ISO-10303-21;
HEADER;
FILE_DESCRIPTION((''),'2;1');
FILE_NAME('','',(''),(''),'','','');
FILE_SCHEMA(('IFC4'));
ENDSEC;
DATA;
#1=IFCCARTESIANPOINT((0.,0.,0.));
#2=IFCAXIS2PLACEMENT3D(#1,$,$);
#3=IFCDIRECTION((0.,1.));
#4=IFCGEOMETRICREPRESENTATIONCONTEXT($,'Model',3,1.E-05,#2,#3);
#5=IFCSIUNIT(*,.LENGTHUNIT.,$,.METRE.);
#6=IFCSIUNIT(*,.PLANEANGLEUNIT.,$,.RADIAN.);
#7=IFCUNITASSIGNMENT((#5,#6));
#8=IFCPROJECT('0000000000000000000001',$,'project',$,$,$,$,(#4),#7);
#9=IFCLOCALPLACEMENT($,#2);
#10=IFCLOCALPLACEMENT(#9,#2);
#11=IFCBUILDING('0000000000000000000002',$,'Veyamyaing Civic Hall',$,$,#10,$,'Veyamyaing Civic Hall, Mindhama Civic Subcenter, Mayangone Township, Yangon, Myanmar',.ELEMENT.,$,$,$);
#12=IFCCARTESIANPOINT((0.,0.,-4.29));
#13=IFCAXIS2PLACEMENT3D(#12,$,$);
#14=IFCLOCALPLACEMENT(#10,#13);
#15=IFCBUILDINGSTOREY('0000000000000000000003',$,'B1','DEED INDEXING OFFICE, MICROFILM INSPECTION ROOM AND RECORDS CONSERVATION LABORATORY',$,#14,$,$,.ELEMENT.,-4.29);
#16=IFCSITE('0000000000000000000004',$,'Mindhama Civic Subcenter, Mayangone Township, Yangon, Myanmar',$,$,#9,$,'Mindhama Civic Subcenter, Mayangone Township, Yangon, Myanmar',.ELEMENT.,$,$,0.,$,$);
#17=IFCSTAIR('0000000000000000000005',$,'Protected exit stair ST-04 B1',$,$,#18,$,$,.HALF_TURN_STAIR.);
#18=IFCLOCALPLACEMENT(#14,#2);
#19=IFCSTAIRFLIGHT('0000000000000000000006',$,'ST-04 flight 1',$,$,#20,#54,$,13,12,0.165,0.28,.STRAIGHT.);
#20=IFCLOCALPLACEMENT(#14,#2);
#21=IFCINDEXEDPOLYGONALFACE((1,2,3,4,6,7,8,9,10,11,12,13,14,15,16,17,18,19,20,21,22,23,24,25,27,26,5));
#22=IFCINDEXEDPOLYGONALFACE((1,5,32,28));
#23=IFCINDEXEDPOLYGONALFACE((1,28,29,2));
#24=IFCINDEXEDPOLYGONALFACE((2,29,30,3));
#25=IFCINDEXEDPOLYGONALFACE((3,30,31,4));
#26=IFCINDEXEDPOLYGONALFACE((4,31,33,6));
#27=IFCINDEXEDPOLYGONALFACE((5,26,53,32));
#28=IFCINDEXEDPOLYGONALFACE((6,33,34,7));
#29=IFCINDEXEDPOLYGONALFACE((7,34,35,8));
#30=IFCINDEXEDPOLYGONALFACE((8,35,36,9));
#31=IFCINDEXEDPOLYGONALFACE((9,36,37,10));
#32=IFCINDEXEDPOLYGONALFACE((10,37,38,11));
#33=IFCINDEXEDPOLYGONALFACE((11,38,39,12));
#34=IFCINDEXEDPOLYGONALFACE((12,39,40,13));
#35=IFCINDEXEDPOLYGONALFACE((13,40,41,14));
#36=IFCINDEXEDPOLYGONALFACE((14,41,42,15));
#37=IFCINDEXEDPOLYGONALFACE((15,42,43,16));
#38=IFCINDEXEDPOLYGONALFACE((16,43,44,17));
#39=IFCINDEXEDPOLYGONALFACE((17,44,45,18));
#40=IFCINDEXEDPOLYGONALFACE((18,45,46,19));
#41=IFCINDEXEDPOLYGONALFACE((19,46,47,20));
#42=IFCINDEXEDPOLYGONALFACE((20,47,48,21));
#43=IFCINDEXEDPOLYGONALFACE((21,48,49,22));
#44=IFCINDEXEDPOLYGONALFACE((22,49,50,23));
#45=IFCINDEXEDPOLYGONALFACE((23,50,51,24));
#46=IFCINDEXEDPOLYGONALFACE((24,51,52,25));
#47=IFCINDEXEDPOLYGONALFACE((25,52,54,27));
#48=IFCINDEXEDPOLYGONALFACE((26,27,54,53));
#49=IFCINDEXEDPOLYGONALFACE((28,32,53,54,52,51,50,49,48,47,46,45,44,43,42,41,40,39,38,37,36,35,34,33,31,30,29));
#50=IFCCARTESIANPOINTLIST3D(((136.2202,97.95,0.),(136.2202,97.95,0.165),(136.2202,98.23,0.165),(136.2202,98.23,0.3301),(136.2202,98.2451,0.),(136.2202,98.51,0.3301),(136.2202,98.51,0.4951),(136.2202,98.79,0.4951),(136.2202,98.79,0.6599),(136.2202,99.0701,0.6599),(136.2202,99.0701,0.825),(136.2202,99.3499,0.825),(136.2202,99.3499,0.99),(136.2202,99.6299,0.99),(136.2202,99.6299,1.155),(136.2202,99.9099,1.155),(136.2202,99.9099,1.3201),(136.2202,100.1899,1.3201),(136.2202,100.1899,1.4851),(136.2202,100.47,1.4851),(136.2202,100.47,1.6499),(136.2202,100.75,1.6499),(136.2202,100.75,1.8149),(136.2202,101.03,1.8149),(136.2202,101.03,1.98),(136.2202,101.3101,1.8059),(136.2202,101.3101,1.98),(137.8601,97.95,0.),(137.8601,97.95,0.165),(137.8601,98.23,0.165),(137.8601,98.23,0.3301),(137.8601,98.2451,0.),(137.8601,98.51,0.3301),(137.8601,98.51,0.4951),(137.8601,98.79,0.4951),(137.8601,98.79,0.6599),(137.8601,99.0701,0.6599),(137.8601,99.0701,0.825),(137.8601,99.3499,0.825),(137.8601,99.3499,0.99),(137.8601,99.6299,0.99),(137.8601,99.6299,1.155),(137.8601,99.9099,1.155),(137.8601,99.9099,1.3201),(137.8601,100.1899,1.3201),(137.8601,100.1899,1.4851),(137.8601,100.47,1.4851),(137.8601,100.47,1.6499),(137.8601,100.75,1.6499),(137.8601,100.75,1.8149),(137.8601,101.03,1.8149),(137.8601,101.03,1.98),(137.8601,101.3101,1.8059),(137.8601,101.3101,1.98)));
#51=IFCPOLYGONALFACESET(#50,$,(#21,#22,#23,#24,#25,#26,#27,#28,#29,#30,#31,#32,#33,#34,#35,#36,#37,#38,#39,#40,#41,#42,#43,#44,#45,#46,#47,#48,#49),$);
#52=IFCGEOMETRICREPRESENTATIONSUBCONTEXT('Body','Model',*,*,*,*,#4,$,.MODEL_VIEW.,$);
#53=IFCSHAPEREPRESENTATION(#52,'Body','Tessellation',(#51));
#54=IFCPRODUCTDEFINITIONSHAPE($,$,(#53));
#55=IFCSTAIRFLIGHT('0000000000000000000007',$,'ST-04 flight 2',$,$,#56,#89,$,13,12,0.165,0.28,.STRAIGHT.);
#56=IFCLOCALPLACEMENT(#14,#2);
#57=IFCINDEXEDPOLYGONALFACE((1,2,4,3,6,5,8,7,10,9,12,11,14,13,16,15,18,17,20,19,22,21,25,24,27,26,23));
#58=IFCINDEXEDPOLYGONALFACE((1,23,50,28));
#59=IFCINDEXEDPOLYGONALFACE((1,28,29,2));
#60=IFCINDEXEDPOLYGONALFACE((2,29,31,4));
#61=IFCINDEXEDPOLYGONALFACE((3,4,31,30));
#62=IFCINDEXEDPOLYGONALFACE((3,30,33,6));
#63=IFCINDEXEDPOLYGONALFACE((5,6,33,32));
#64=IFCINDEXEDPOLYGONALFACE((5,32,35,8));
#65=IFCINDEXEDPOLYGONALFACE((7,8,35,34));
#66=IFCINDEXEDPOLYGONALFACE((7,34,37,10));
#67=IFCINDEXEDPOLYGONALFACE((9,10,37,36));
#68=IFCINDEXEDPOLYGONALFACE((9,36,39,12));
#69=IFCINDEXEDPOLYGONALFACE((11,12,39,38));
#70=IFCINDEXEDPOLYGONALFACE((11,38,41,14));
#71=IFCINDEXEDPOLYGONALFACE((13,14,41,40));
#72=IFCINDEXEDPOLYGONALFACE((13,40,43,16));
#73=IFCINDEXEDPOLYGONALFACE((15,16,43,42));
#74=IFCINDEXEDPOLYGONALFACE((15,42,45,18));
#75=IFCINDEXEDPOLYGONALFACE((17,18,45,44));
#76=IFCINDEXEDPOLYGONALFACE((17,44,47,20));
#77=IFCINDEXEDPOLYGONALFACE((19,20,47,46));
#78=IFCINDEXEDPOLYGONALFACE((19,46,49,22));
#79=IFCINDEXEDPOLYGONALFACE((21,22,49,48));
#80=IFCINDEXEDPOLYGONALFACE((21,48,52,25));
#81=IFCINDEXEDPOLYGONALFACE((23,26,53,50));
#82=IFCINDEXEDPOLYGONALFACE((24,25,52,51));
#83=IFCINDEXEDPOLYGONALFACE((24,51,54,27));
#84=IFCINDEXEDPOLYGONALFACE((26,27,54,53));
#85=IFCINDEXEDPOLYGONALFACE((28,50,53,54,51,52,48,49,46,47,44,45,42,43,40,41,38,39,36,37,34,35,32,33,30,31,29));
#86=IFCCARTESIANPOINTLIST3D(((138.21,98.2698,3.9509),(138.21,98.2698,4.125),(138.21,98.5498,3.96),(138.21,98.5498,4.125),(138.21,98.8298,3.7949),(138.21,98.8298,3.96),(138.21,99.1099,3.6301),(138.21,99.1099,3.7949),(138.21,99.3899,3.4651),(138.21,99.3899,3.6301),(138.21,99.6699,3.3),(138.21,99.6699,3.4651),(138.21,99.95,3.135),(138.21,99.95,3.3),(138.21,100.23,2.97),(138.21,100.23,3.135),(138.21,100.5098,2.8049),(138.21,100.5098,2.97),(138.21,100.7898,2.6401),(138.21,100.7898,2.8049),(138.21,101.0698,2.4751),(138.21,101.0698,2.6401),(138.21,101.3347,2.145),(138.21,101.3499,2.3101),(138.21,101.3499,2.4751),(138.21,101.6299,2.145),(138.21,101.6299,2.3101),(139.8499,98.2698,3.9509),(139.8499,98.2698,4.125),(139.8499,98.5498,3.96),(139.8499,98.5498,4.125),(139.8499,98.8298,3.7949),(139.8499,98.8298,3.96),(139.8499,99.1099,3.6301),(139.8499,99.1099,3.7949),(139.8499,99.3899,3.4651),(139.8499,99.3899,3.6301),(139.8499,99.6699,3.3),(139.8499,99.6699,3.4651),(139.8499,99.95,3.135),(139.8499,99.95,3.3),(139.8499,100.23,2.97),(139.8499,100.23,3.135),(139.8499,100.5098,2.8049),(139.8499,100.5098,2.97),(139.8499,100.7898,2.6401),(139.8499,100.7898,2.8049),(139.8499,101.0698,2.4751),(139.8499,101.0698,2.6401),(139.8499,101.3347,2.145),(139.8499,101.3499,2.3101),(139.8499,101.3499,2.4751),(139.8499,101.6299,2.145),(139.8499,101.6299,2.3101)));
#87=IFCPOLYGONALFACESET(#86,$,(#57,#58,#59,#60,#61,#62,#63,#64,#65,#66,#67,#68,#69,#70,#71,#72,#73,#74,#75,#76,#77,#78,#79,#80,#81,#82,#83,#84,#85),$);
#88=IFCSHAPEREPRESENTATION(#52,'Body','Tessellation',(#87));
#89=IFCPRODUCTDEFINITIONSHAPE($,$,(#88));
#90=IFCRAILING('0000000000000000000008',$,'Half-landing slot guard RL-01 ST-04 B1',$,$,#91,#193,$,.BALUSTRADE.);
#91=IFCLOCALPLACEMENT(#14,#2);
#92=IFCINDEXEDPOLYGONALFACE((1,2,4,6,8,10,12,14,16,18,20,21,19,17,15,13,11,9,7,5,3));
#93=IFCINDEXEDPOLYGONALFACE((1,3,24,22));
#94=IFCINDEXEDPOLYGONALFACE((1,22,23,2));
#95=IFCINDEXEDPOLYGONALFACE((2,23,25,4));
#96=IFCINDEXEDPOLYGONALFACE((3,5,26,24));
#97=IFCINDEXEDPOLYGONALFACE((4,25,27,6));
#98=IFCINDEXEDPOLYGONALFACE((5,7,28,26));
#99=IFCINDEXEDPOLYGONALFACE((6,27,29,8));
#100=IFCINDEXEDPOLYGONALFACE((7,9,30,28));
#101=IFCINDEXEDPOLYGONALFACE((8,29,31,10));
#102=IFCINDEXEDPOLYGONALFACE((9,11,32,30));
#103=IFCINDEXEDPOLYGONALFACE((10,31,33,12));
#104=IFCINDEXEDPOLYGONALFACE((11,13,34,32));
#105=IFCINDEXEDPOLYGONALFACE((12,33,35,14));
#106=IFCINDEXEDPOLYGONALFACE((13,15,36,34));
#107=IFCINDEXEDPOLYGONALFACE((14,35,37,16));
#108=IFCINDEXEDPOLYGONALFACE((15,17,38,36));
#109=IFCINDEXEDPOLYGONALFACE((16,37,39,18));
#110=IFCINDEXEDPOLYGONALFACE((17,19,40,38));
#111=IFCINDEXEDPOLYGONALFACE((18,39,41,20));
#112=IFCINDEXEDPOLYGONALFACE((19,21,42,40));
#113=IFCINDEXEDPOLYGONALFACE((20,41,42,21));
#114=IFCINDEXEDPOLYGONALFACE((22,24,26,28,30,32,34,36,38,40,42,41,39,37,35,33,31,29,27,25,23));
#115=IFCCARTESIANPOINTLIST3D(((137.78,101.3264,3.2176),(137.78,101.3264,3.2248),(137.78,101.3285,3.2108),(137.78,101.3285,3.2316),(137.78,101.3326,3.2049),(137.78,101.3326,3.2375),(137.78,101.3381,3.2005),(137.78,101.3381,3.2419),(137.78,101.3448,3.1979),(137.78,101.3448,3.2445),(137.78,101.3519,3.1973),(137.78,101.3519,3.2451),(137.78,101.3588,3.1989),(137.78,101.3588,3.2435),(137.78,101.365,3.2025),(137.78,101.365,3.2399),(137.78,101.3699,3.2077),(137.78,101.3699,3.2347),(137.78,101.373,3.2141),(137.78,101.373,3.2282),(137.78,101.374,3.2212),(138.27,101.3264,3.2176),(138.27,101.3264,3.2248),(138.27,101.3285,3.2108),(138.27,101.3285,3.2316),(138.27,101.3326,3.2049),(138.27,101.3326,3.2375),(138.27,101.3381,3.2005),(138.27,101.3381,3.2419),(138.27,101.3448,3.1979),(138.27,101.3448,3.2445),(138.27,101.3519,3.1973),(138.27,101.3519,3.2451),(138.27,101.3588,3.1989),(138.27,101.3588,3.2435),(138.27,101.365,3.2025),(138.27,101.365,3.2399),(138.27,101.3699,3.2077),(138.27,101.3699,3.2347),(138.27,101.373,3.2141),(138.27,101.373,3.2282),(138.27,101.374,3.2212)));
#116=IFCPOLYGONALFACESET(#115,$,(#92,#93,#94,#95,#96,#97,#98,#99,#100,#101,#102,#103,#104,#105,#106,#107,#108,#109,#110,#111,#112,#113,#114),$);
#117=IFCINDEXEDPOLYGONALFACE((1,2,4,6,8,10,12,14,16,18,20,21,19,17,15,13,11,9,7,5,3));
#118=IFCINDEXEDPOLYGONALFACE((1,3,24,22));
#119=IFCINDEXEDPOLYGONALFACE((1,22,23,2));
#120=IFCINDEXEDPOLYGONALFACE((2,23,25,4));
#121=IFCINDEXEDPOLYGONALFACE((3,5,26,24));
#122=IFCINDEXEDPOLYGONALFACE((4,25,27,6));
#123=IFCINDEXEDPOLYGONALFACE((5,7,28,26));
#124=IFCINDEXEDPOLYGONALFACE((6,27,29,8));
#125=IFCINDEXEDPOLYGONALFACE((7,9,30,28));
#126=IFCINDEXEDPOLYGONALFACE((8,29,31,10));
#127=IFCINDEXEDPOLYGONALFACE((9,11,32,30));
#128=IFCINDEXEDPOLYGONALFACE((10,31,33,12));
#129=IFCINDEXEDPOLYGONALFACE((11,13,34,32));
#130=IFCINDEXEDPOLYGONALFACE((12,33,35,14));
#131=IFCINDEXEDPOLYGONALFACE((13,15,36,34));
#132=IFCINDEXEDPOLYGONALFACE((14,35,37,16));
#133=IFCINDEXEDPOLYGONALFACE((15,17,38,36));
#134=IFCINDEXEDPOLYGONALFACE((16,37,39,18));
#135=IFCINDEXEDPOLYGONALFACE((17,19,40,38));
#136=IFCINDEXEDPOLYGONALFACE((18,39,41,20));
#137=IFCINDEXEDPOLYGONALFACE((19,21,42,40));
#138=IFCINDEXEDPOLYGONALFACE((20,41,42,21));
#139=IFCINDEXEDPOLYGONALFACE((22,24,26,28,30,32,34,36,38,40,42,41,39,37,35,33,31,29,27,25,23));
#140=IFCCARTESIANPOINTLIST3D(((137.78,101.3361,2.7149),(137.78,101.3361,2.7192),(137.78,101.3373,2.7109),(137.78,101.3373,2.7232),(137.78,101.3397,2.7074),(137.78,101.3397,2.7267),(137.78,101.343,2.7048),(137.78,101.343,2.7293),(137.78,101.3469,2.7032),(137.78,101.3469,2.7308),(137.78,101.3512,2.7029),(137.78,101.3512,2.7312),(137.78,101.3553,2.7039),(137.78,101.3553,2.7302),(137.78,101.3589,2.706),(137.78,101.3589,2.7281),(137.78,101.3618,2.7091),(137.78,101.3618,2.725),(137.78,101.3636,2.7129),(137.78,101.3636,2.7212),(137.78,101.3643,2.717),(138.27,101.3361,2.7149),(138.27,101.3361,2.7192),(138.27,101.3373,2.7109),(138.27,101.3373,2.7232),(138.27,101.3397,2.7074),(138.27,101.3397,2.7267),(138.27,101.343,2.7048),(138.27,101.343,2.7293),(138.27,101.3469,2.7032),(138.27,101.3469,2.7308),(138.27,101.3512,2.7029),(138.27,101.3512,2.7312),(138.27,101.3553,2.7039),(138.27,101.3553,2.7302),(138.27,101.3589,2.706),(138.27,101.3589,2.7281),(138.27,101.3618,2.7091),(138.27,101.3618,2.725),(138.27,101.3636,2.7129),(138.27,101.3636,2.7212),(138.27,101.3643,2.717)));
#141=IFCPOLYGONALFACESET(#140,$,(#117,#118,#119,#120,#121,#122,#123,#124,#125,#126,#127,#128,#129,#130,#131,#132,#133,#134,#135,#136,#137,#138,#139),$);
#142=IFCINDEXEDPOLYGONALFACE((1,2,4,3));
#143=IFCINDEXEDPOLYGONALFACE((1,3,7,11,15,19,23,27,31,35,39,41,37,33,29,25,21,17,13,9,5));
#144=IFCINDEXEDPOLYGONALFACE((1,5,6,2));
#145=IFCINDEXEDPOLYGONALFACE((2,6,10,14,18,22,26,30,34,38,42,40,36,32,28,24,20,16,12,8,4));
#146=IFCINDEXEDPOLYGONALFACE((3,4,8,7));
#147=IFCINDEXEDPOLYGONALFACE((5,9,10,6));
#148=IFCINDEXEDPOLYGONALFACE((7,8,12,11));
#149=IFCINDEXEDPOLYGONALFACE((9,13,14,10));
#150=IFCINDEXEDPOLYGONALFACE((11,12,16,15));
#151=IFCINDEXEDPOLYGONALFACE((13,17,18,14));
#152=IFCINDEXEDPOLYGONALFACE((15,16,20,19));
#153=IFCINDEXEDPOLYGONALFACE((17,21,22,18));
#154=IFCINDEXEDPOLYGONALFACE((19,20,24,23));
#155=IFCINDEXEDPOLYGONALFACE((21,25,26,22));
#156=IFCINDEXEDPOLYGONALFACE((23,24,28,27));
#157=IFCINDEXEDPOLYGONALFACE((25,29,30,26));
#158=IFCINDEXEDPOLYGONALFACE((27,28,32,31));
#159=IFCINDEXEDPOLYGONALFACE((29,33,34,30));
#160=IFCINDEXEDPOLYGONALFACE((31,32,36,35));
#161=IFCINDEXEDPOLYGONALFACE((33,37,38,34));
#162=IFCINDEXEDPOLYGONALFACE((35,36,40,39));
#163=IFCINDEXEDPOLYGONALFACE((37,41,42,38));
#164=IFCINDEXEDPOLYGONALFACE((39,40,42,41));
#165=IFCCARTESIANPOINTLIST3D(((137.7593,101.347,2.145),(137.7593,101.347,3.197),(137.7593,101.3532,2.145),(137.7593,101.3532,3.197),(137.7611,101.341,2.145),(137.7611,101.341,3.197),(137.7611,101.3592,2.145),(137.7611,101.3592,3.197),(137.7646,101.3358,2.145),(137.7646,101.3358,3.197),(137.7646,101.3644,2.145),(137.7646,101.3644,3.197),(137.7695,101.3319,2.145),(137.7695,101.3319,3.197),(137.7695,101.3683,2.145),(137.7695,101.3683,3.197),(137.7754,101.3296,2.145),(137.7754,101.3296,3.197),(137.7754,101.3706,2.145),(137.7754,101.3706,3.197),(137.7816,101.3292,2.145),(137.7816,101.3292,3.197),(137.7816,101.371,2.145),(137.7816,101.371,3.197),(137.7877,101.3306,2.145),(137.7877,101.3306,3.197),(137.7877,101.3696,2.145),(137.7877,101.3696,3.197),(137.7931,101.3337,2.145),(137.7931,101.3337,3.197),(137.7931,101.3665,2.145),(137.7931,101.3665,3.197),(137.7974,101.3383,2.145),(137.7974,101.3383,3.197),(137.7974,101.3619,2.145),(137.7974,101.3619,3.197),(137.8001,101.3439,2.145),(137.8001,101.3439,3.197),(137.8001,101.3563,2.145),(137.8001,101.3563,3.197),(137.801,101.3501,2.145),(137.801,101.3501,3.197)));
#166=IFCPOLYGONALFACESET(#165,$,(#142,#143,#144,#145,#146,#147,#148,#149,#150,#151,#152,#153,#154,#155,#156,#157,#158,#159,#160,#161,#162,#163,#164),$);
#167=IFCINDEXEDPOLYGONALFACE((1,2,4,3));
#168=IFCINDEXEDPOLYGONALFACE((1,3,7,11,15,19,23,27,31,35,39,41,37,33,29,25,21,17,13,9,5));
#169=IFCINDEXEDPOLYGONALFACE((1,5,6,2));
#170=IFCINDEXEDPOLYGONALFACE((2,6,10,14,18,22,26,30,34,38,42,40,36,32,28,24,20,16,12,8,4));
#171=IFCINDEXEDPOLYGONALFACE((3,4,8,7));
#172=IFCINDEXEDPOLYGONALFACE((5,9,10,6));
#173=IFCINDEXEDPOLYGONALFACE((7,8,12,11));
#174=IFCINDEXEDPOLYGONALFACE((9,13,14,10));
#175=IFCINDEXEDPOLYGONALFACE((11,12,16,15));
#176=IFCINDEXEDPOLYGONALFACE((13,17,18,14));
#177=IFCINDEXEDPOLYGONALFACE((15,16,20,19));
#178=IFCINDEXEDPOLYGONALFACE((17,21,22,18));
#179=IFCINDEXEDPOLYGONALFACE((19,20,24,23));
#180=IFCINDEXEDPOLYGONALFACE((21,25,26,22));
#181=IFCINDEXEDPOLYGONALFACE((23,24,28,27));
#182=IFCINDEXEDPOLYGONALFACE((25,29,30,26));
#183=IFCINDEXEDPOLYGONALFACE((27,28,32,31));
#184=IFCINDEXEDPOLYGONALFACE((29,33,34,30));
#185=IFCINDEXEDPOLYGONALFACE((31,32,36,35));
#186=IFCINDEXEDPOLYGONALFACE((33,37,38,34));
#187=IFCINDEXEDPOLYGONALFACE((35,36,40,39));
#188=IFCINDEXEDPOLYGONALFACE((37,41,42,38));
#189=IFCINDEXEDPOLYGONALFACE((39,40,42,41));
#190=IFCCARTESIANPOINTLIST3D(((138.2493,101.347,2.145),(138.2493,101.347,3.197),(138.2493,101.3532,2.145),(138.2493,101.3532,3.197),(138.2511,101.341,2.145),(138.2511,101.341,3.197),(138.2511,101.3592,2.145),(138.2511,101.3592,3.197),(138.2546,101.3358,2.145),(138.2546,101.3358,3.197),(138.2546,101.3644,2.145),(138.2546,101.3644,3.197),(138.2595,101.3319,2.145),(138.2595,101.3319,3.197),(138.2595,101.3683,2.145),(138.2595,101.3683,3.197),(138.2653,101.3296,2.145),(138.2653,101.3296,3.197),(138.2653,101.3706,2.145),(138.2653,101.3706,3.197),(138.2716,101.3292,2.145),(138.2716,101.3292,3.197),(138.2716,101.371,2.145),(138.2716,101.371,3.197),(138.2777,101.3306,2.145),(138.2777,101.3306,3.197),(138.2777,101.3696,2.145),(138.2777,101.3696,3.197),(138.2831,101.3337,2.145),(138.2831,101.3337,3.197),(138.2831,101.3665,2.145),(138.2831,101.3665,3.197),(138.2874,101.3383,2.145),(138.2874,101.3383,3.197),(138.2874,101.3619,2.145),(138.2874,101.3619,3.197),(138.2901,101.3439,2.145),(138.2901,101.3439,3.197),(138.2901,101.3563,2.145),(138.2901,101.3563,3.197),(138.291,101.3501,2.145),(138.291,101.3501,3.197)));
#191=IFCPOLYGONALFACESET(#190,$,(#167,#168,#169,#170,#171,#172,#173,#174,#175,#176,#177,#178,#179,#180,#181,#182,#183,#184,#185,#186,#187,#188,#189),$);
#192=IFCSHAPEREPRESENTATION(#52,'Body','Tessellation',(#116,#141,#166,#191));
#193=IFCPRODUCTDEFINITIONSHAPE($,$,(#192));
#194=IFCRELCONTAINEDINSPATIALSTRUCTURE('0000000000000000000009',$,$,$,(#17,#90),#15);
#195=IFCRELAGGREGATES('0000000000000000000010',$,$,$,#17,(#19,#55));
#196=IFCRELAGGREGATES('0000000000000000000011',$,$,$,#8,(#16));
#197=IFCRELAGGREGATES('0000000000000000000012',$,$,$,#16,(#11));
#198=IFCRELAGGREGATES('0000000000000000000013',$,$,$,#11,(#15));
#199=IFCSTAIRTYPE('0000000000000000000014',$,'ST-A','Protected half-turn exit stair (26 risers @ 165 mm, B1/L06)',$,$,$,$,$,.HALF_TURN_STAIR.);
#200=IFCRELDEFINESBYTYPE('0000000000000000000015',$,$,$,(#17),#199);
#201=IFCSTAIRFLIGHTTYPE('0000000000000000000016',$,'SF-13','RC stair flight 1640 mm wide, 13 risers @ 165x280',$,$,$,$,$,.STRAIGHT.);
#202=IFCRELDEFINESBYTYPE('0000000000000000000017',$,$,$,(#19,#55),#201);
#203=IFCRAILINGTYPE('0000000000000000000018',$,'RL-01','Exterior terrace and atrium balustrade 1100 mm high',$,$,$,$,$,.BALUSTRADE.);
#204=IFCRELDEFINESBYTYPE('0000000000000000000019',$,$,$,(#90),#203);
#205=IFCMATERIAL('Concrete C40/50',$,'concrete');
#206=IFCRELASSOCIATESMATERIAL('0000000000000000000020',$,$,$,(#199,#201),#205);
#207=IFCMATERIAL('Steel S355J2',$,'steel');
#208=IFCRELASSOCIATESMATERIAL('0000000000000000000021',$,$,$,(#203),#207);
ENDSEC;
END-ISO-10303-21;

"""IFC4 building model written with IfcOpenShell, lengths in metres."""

from ifc_helpers import new_model, si_unit, direction, frame, origin, origin_2d, place, context, subcontext, project, spatial, polyline, circle, outline, extrude, material, type_object, element, aggregate, save


model = new_model("IFC4")

# Units and contexts
model_context = context("Model", 3, precision=1e-05, world=origin(), true_north=direction((0.0, 1.0)))
body_context = subcontext(model_context, "Body", "Model", "MODEL_VIEW")
ifc_project = project(units=[si_unit("LENGTHUNIT", "METRE"), si_unit("PLANEANGLEUNIT", "RADIAN")], contexts=[model_context])

# Site, building, storey
site_placement = place(None, origin())
site = spatial("IfcSite", under=ifc_project, at=site_placement, Name="Mindhama Civic Subcenter, Mayangone Township, Yangon, Myanmar", LongName="Mindhama Civic Subcenter, Mayangone Township, Yangon, Myanmar", CompositionType="ELEMENT", RefElevation=0.0)
building_placement = place(site_placement, origin())
building = spatial("IfcBuilding", under=site, at=building_placement, Name="Veyamyaing Civic Hall", LongName="Veyamyaing Civic Hall, Mindhama Civic Subcenter, Mayangone Township, Yangon, Myanmar", CompositionType="ELEMENT")
storey_placement = place(building_placement, frame((0.0, 0.0, -4.29)))
storey = spatial("IfcBuildingStorey", under=building, at=storey_placement, Name="B1", Description="DEED INDEXING OFFICE, MICROFILM INSPECTION ROOM AND RECORDS CONSERVATION LABORATORY", CompositionType="ELEMENT", Elevation=-4.29)

# Shared definitions
ifc_material_1 = material(Name="Concrete C40/50", Category="concrete")

# Stair, stair flights
stair_type = type_object("IfcStairType", Name="ST-A", Description="Protected half-turn exit stair (26 risers @ 165 mm, B1/L06)", PredefinedType="HALF_TURN_STAIR", material=ifc_material_1)
stair_placement = place(storey_placement, origin())
stair = element("IfcStair", 1, at=stair_placement, inside=storey, type_object=stair_type, Name="Protected exit stair ST-04 B1", PredefinedType="HALF_TURN_STAIR")
stair_flight_type = type_object("IfcStairFlightType", Name="SF-13", Description="RC stair flight 1640 mm wide, 13 risers @ 165x280", PredefinedType="STRAIGHT", material=ifc_material_1)
stair_flight_1_placement = place(storey_placement, frame((137.04, 97.95, 0.0), z_axis=(0.0, 0.0, 1.0), x_axis=(0.0, 1.0, 0.0)))
stair_flight_1 = element("IfcStairFlight", 2, at=stair_flight_1_placement, type_object=stair_flight_type, Name="ST-04 flight 1", NumberOfRisers=13, NumberOfTreads=12, PredefinedType="STRAIGHT", RiserHeight=0.165, TreadLength=0.28, context=body_context, shape_type="SweptSolid", body=[
    extrude(outline(polyline([(0.0, 0.0), (0.0, 0.165), (0.28, 0.165), (0.28, 0.3301), (0.5601, 0.3301), (0.5601, 0.4951), (0.8401, 0.4951), (0.8401, 0.6599), (1.1201, 0.6599), (1.1201, 0.825), (1.3999, 0.825), (1.3999, 0.99), (1.6799, 0.99), (1.6799, 1.155), (1.96, 1.155), (1.96, 1.3201), (2.24, 1.3201), (2.24, 1.4851), (2.52, 1.4851), (2.52, 1.6499), (2.8, 1.6499), (2.8, 1.8149), (3.0801, 1.8149), (3.0801, 1.98), (3.3601, 1.98), (3.3601, 2.145), (3.3601, 1.8059), (0.2952, 0.0), (0.0, 0.0)])), frame((0.0, 0.8198, 0.0), z_axis=(0.0, -1.0, 0.0), x_axis=(1.0, 0.0, 0.0)), (0.0, 0.0, 1.0), 1.6399),
])
stair_flight_2_placement = place(storey_placement, frame((139.03, 101.6299, 2.145), z_axis=(0.0, 0.0, 1.0), x_axis=(0.0, -1.0, 0.0)))
stair_flight_2 = element("IfcStairFlight", 3, at=stair_flight_2_placement, type_object=stair_flight_type, Name="ST-04 flight 2", NumberOfRisers=13, NumberOfTreads=12, PredefinedType="STRAIGHT", RiserHeight=0.165, TreadLength=0.28, context=body_context, shape_type="SweptSolid", body=[
    extrude(outline(polyline([(0.0, 0.0), (0.0, 0.165), (0.28, 0.165), (0.28, 0.3301), (0.5601, 0.3301), (0.5601, 0.4951), (0.8401, 0.4951), (0.8401, 0.6599), (1.1201, 0.6599), (1.1201, 0.825), (1.3999, 0.825), (1.3999, 0.99), (1.6799, 0.99), (1.6799, 1.155), (1.96, 1.155), (1.96, 1.3201), (2.24, 1.3201), (2.24, 1.4851), (2.52, 1.4851), (2.52, 1.6499), (2.8, 1.6499), (2.8, 1.8149), (3.0801, 1.8149), (3.0801, 1.98), (3.3601, 1.98), (3.3601, 2.145), (3.3601, 1.8059), (0.2952, 0.0), (0.0, 0.0)])), frame((0.0, 0.8198, 0.0), z_axis=(0.0, -1.0, 0.0), x_axis=(1.0, 0.0, 0.0)), (0.0, 0.0, 1.0), 1.6399),
])
aggregate(stair, [stair_flight_1, stair_flight_2])

# Railing
ifc_material_2 = material(Name="Steel S355J2", Category="steel")
railing_type_1 = type_object("IfcRailingType", Name="RL-01", Description="Exterior terrace and atrium balustrade 1100 mm high", PredefinedType="BALUSTRADE", material=ifc_material_2)
railing_1_placement = place(storey_placement, frame((137.78, 101.3501, 2.145)))
element("IfcRailing", 4, at=railing_1_placement, inside=storey, type_object=railing_type_1, Name="Half-landing slot guard RL-01 ST-04 B1", PredefinedType="BALUSTRADE", context=body_context, shape_type="SweptSolid", body=[
    extrude(circle(Radius=0.0239, at=origin_2d()), frame((0.0, 0.0, 1.0762), z_axis=(1.0, 0.0, 0.0), x_axis=(0.0, 1.0, 0.0)), (0.0, 0.0, 1.0), 0.49),
    extrude(circle(Radius=0.0142, at=origin_2d()), frame((0.0, 0.0, 0.572), z_axis=(1.0, 0.0, 0.0), x_axis=(0.0, 1.0, 0.0)), (0.0, 0.0, 1.0), 0.49),
    extrude(circle(Radius=0.021, at=origin_2d()), origin(), (0.0, 0.0, 1.0), 1.052),
    extrude(circle(Radius=0.021, at=origin_2d()), frame((0.49, 0.0, 0.0)), (0.0, 0.0, 1.0), 1.052),
])

save(model, "model.ifc")
